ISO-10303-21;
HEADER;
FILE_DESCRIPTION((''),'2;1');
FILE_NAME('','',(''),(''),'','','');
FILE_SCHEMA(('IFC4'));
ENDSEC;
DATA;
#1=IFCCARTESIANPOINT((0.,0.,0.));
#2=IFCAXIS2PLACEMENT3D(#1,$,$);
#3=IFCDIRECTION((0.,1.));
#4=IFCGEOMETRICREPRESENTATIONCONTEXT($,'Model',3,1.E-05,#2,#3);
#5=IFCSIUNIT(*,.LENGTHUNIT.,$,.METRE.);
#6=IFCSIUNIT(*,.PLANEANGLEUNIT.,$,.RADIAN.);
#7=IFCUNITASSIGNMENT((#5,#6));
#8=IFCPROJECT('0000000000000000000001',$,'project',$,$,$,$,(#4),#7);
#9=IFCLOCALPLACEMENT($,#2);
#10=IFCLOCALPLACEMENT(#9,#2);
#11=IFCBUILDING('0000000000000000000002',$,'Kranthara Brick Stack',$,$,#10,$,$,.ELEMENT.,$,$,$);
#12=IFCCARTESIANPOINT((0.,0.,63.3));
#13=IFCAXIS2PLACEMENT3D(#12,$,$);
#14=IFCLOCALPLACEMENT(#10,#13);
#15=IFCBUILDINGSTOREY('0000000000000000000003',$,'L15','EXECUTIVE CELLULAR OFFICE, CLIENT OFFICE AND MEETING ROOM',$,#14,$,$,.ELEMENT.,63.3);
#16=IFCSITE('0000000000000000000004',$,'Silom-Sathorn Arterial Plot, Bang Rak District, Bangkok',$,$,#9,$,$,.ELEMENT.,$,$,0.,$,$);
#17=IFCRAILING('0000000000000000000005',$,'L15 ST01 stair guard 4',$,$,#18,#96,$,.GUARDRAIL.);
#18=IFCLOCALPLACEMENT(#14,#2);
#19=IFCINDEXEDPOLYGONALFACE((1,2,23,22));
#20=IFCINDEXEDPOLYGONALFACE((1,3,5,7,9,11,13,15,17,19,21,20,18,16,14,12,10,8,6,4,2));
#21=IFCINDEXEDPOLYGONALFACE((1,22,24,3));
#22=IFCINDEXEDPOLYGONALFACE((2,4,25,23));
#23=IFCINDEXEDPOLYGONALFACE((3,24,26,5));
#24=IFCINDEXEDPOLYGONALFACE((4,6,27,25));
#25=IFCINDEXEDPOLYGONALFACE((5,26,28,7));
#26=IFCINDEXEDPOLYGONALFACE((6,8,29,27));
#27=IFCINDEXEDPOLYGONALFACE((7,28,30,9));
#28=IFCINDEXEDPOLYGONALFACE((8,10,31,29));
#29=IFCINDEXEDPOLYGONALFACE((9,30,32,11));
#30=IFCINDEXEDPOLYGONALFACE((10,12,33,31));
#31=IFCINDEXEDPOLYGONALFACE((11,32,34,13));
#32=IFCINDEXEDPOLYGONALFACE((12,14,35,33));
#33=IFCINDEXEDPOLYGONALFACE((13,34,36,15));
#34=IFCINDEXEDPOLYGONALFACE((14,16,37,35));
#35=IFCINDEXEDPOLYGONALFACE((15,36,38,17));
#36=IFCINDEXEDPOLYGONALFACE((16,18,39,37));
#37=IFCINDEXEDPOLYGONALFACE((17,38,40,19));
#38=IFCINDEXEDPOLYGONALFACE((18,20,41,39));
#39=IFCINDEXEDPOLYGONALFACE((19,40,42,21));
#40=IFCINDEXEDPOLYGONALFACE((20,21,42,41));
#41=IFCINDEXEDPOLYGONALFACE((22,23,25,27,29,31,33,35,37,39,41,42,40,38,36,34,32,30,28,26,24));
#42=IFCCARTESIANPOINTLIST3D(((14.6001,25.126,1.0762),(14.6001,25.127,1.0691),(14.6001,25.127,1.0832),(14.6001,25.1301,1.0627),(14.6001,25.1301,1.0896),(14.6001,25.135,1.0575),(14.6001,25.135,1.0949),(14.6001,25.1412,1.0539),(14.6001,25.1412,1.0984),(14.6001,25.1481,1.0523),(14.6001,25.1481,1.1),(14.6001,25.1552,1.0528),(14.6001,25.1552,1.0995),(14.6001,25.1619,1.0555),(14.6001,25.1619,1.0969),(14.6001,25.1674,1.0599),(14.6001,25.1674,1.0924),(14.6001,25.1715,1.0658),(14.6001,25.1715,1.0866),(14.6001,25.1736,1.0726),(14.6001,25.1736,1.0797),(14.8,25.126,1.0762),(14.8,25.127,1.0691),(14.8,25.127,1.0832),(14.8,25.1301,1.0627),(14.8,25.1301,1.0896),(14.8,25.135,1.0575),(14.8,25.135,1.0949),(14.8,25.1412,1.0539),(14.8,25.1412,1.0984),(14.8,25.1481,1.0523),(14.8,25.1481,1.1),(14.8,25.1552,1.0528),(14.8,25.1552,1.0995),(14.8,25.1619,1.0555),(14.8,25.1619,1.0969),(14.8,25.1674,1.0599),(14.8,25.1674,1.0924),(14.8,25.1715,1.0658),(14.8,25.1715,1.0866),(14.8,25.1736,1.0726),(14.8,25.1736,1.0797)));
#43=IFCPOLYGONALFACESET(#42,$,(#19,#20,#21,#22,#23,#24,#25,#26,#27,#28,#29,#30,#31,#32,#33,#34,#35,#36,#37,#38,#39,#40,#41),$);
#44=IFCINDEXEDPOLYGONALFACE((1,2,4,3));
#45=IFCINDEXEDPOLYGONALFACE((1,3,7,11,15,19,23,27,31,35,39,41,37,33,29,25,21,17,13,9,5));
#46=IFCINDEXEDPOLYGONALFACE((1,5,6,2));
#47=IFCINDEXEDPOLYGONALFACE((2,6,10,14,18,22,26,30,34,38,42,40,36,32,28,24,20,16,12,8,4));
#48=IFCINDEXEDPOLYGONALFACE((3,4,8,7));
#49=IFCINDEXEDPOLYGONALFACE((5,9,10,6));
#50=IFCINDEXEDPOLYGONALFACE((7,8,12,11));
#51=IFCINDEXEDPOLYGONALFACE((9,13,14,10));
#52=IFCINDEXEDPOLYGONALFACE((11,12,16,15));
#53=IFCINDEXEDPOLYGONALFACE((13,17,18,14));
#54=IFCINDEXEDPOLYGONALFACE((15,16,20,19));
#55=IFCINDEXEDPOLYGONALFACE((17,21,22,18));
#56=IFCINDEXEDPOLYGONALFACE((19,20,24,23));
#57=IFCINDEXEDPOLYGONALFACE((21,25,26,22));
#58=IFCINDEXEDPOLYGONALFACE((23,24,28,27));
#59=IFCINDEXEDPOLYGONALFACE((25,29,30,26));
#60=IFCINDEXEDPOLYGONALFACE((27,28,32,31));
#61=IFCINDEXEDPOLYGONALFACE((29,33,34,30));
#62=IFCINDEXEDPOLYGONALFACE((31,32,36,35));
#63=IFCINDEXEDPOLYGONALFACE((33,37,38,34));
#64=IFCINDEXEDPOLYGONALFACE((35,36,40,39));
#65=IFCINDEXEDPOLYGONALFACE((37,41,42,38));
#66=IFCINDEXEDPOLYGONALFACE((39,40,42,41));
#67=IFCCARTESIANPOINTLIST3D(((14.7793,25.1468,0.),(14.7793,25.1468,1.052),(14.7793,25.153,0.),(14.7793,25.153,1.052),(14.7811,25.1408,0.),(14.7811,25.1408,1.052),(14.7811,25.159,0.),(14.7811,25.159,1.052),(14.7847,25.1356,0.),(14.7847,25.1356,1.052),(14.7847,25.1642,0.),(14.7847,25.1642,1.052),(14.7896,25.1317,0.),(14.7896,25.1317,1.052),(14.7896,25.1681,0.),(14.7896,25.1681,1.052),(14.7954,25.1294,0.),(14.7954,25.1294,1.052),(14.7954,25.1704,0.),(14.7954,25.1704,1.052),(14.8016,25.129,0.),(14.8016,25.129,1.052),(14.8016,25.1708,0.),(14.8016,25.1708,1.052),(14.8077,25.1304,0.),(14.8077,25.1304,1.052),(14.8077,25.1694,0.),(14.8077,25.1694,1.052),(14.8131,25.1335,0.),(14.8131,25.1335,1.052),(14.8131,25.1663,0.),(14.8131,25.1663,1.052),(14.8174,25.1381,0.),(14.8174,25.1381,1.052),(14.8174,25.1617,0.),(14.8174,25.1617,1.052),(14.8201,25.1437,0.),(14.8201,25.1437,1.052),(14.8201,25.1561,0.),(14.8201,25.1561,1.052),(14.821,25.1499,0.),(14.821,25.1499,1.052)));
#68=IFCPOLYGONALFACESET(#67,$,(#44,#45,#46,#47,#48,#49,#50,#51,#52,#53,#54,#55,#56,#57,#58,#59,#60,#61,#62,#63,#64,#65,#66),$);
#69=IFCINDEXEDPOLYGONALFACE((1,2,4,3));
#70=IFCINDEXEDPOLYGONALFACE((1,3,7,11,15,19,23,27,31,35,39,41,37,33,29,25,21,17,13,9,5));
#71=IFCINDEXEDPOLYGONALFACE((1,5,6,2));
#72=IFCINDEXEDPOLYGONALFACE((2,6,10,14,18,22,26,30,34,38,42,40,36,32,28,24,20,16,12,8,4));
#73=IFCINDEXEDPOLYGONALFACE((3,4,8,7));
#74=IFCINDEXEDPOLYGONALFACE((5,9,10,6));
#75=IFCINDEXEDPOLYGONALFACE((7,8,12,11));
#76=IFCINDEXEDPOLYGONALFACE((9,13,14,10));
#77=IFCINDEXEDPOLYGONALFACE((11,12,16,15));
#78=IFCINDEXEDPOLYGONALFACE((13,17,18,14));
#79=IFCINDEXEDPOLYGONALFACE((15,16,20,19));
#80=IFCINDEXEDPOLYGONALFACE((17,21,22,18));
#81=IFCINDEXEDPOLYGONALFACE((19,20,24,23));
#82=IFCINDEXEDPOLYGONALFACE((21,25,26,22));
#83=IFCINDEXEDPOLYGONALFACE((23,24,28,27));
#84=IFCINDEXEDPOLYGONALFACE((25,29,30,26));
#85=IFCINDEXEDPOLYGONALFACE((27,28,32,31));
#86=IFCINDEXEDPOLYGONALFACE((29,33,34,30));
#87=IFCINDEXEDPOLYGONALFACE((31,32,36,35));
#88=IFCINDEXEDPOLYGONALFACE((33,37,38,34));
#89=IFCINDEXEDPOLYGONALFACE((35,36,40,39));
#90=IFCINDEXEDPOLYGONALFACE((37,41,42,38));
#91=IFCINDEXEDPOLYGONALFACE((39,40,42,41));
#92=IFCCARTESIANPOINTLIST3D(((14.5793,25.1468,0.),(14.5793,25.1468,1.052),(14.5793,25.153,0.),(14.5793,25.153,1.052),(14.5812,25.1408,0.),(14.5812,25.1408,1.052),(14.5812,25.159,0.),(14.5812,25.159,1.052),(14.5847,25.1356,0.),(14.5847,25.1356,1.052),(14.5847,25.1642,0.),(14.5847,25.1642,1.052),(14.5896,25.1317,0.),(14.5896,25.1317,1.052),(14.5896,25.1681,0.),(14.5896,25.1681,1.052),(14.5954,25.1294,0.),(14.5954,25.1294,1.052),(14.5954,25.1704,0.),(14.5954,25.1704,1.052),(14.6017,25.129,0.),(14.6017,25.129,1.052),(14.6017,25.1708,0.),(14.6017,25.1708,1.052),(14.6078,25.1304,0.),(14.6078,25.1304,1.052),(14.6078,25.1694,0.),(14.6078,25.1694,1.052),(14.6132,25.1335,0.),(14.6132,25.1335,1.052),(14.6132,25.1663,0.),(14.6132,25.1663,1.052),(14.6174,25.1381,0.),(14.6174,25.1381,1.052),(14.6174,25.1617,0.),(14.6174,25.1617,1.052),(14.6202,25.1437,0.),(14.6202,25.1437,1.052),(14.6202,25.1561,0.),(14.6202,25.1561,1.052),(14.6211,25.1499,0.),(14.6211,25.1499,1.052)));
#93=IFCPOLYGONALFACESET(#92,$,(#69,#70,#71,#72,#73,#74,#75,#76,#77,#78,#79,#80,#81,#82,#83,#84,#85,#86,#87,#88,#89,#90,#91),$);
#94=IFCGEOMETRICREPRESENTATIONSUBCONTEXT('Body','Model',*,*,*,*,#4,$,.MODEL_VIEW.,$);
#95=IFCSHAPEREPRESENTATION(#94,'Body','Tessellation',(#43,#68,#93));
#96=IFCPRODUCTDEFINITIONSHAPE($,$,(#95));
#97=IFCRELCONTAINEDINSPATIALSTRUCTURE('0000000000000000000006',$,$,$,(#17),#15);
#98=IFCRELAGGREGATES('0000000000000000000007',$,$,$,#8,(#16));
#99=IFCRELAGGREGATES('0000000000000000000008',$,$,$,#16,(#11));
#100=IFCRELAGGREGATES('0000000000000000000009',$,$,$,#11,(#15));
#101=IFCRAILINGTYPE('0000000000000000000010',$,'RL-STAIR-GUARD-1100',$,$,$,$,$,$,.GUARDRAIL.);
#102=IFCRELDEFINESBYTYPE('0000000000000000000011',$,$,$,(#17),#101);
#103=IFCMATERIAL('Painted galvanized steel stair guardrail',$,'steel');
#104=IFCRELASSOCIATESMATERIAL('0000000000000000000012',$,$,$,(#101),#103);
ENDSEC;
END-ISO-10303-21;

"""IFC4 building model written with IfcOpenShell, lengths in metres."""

from ifc_helpers import new_model, si_unit, direction, frame, origin, origin_2d, place, context, subcontext, project, spatial, circle, extrude, material, type_object, element, save


model = new_model("IFC4")

# Units and contexts
model_context = context("Model", 3, precision=1e-05, world=origin(), true_north=direction((0.0, 1.0)))
body_context = subcontext(model_context, "Body", "Model", "MODEL_VIEW")
ifc_project = project(units=[si_unit("LENGTHUNIT", "METRE"), si_unit("PLANEANGLEUNIT", "RADIAN")], contexts=[model_context])

# Site, building, storey
site_placement = place(None, origin())
site = spatial("IfcSite", under=ifc_project, at=site_placement, Name="Silom-Sathorn Arterial Plot, Bang Rak District, Bangkok", CompositionType="ELEMENT", RefElevation=0.0)
building_placement = place(site_placement, origin())
building = spatial("IfcBuilding", under=site, at=building_placement, Name="Kranthara Brick Stack", CompositionType="ELEMENT")
storey_placement = place(building_placement, frame((0.0, 0.0, 63.3)))
storey = spatial("IfcBuildingStorey", under=building, at=storey_placement, Name="L15", Description="EXECUTIVE CELLULAR OFFICE, CLIENT OFFICE AND MEETING ROOM", CompositionType="ELEMENT", Elevation=63.3)

# Railing
ifc_material_1 = material(Name="Painted galvanized steel stair guardrail", Category="steel")
railing_type_1 = type_object("IfcRailingType", Name="RL-STAIR-GUARD-1100", PredefinedType="GUARDRAIL", material=ifc_material_1)
railing_1_placement = place(storey_placement, frame((14.8, 25.1499, 0.0)))
element("IfcRailing", 1, at=railing_1_placement, inside=storey, type_object=railing_type_1, Name="L15 ST01 stair guard 4", PredefinedType="GUARDRAIL", context=body_context, shape_type="SweptSolid", body=[
    extrude(circle(Radius=0.0239, at=origin_2d()), frame((0.0, 0.0, 1.0762), z_axis=(-1.0, 0.0, 0.0), x_axis=(0.0, -1.0, 0.0)), (0.0, 0.0, 1.0), 0.2),
    extrude(circle(Radius=0.021, at=origin_2d()), origin(), (0.0, 0.0, 1.0), 1.052),
    extrude(circle(Radius=0.021, at=origin_2d()), frame((-0.2, 0.0, 0.0)), (0.0, 0.0, 1.0), 1.052),
])

save(model, "model.ifc")
